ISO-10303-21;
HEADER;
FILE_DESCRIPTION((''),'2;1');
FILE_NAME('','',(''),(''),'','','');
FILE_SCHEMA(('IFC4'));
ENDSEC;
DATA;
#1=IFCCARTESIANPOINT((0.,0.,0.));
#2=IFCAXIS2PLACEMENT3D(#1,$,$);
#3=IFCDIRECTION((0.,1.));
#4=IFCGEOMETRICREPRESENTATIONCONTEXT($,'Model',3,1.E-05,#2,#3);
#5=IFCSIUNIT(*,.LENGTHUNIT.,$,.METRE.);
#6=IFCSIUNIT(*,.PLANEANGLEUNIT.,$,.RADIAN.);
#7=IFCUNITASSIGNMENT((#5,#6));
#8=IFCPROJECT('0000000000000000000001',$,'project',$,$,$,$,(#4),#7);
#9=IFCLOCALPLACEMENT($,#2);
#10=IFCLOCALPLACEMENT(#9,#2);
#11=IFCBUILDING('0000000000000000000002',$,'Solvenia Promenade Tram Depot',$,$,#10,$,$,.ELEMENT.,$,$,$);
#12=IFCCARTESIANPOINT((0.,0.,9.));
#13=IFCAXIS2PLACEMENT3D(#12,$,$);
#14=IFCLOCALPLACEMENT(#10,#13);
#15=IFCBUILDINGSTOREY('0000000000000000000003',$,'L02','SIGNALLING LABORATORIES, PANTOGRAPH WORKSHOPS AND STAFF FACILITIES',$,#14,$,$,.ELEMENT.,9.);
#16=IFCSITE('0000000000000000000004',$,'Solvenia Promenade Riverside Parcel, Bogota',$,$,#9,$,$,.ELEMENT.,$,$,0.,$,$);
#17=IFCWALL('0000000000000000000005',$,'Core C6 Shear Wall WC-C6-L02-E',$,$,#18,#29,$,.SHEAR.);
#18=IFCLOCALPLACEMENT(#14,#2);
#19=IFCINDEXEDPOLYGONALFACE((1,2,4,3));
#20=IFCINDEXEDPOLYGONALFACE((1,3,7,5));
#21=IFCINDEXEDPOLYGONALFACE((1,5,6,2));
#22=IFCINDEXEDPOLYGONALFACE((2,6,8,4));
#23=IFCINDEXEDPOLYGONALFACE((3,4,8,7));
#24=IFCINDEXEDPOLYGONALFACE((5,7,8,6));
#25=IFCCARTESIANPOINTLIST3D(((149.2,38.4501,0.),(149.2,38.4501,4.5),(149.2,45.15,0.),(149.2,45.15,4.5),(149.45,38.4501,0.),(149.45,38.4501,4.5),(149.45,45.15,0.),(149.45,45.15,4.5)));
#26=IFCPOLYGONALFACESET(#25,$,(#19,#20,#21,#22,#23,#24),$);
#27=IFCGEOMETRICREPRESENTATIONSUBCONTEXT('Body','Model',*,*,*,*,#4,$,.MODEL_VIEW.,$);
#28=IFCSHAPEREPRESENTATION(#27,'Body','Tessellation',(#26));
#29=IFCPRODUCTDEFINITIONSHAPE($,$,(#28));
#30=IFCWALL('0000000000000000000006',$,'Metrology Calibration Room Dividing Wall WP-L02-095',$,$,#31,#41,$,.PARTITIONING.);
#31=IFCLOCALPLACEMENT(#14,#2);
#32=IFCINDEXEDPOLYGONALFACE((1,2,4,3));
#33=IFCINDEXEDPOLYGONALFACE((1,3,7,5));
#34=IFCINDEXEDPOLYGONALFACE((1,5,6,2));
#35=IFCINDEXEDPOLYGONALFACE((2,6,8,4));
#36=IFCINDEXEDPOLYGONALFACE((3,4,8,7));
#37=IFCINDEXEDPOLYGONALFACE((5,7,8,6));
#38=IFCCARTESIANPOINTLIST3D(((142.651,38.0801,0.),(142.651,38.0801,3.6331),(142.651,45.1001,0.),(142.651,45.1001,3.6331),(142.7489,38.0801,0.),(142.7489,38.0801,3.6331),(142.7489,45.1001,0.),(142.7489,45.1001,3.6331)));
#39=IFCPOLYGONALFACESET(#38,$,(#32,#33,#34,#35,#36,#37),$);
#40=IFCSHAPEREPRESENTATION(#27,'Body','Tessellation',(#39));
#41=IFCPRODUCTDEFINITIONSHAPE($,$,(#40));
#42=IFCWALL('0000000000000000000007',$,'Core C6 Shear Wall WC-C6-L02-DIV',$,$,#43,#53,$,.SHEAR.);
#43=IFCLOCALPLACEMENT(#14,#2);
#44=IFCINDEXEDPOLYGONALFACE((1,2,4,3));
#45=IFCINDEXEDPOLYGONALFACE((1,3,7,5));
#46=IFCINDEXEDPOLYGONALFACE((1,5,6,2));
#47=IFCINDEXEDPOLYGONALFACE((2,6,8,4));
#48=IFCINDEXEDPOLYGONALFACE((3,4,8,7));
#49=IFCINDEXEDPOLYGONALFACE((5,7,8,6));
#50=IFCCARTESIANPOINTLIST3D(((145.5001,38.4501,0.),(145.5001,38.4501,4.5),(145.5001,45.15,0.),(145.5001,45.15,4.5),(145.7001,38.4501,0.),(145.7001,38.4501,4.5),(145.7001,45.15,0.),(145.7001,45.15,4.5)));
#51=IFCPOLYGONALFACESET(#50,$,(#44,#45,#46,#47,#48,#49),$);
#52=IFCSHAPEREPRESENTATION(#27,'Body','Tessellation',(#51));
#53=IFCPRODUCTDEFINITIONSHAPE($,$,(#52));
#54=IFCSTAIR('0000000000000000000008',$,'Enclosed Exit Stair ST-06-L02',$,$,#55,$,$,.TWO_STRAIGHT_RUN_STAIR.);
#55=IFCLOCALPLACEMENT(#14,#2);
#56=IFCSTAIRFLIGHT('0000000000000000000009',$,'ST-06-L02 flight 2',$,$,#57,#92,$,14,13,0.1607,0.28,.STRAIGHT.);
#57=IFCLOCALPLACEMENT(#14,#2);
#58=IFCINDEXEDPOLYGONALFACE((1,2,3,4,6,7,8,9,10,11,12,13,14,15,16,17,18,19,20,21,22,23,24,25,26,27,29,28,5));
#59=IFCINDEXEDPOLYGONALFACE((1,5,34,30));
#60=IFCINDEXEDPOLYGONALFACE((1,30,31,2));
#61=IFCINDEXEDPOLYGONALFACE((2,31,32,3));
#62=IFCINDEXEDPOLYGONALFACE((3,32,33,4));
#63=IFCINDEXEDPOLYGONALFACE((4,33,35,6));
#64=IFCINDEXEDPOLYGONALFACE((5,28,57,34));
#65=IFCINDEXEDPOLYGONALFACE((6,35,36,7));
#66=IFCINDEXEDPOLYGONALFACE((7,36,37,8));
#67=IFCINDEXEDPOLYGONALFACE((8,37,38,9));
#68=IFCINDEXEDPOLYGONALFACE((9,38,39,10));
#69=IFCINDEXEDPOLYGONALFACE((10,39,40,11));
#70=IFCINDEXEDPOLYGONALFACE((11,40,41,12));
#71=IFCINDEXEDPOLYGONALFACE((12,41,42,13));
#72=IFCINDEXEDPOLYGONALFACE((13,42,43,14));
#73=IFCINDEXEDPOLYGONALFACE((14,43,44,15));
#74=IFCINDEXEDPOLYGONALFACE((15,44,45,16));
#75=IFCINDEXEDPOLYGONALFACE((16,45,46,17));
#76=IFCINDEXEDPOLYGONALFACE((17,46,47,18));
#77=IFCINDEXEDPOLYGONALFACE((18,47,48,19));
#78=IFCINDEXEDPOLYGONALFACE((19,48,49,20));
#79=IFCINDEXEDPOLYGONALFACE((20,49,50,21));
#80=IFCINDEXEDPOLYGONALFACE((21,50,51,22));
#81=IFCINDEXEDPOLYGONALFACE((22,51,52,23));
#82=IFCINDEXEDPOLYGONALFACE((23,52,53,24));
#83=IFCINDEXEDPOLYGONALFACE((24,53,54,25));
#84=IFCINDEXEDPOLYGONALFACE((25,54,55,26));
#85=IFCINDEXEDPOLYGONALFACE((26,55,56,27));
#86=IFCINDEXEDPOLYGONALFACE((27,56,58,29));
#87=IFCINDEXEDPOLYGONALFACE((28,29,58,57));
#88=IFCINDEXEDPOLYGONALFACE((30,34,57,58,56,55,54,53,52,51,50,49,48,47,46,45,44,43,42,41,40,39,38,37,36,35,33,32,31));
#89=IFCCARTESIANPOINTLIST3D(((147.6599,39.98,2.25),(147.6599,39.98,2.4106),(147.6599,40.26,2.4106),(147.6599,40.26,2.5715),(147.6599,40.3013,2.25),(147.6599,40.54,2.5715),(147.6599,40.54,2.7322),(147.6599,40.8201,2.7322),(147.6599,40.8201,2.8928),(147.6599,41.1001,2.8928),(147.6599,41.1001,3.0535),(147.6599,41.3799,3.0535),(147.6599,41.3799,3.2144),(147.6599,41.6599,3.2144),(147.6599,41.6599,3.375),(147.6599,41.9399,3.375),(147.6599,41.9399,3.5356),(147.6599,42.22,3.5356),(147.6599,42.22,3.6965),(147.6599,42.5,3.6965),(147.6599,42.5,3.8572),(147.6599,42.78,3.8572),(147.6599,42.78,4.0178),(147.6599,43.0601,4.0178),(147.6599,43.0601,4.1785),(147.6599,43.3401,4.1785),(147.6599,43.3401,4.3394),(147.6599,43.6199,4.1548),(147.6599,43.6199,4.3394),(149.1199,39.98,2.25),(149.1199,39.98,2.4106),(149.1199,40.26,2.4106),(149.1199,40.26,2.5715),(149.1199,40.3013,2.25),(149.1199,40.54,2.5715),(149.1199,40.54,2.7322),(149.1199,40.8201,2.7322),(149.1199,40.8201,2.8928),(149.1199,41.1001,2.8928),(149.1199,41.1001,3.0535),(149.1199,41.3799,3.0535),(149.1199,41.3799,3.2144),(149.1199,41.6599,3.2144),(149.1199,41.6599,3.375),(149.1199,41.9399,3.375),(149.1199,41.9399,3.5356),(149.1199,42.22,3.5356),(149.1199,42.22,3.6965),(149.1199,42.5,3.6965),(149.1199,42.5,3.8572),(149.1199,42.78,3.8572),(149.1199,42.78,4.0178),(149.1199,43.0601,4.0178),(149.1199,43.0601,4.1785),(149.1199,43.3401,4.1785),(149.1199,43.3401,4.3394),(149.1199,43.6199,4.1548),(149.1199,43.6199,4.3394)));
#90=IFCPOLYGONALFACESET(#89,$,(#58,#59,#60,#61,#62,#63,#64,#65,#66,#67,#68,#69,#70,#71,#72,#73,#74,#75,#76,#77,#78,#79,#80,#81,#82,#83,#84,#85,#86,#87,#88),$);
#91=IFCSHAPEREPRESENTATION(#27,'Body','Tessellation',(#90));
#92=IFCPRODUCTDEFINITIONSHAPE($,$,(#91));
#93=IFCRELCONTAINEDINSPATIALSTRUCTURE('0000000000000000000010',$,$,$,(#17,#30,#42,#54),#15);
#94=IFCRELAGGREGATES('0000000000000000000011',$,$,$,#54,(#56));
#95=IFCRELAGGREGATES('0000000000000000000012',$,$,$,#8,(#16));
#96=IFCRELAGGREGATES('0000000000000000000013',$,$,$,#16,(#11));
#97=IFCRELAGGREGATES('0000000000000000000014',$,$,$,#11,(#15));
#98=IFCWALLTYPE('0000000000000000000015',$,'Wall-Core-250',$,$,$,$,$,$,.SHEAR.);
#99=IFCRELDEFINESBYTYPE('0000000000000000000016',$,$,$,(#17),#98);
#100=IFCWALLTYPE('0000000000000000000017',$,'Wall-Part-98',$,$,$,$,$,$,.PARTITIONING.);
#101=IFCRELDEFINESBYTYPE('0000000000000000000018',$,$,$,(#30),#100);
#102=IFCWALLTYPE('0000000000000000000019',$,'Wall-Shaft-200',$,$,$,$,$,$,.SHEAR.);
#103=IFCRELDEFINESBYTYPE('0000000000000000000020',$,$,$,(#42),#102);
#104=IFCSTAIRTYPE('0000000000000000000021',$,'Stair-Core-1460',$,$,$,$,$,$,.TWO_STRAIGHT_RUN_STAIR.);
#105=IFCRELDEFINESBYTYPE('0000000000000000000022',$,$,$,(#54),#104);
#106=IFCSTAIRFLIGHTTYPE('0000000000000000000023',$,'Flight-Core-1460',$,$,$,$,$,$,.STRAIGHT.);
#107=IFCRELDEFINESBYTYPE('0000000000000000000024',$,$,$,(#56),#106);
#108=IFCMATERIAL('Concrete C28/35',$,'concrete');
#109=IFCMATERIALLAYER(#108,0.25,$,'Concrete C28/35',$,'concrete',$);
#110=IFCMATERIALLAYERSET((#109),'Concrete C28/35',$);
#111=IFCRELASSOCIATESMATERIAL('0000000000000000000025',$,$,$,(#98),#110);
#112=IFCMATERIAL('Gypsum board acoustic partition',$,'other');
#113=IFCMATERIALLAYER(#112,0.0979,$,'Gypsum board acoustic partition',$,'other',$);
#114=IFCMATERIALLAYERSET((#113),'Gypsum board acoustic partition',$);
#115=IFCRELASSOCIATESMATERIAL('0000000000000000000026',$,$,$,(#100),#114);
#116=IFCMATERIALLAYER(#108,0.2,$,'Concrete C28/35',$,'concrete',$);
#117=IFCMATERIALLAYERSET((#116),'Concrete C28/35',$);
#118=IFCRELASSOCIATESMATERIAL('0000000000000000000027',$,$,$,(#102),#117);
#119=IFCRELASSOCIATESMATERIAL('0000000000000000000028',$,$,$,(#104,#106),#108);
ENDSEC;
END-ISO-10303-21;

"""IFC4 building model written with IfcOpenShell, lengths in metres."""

from ifc_helpers import new_model, si_unit, direction, frame, frame_2d, origin, place, context, subcontext, project, spatial, polyline, rectangle, outline, extrude, material, layer, layer_set, type_object, element, aggregate, save


model = new_model("IFC4")

# Units and contexts
model_context = context("Model", 3, precision=1e-05, world=origin(), true_north=direction((0.0, 1.0)))
body_context = subcontext(model_context, "Body", "Model", "MODEL_VIEW")
ifc_project = project(units=[si_unit("LENGTHUNIT", "METRE"), si_unit("PLANEANGLEUNIT", "RADIAN")], contexts=[model_context])

# Site, building, storey
site_placement = place(None, origin())
site = spatial("IfcSite", under=ifc_project, at=site_placement, Name="Solvenia Promenade Riverside Parcel, Bogota", CompositionType="ELEMENT", RefElevation=0.0)
building_placement = place(site_placement, origin())
building = spatial("IfcBuilding", under=site, at=building_placement, Name="Solvenia Promenade Tram Depot", CompositionType="ELEMENT")
storey_placement = place(building_placement, frame((0.0, 0.0, 9.0)))
storey = spatial("IfcBuildingStorey", under=building, at=storey_placement, Name="L02", Description="SIGNALLING LABORATORIES, PANTOGRAPH WORKSHOPS AND STAFF FACILITIES", CompositionType="ELEMENT", Elevation=9.0)

# Walls
ifc_material_1 = material(Name="Concrete C28/35", Category="concrete")
ifc_layer_1 = layer(ifc_material_1, 0.25, Name="Concrete C28/35", Category="concrete")
ifc_layer_set_1 = layer_set([ifc_layer_1], Name="Concrete C28/35")
wall_type_1 = type_object("IfcWallType", Name="Wall-Core-250", PredefinedType="SHEAR", material=ifc_layer_set_1)
for number, where, z_axis, x_axis, name in (
    (1, (149.325, 38.45, 0.0), (0.0, 0.0, 1.0), (0.0, 1.0, 0.0), "Core C6 Shear Wall WC-C6-L02-E"),
):
    element("IfcWall", number, at=place(storey_placement, frame(where, z_axis=z_axis, x_axis=x_axis)), inside=storey, type_object=wall_type_1, Name=name, PredefinedType="SHEAR", context=body_context, shape_type="SweptSolid", body=[
        extrude(rectangle(XDim=6.7, YDim=0.25, at=frame_2d((3.3501, 0.0))), origin(), (0.0, 0.0, 1.0), 4.5),
    ])
ifc_material_2 = material(Name="Gypsum board acoustic partition", Category="other")
ifc_layer_2 = layer(ifc_material_2, 0.0979, Name="Gypsum board acoustic partition", Category="other")
ifc_layer_set_2 = layer_set([ifc_layer_2], Name="Gypsum board acoustic partition")
wall_type_2 = type_object("IfcWallType", Name="Wall-Part-98", PredefinedType="PARTITIONING", material=ifc_layer_set_2)
wall_1_placement = place(storey_placement, frame((142.7, 38.0801, 0.0), z_axis=(0.0, 0.0, 1.0), x_axis=(0.0, 1.0, 0.0)))
element("IfcWall", 2, at=wall_1_placement, inside=storey, type_object=wall_type_2, Name="Metrology Calibration Room Dividing Wall WP-L02-095", PredefinedType="PARTITIONING", context=body_context, shape_type="SweptSolid", body=[
    extrude(rectangle(XDim=7.02, YDim=0.0979, at=frame_2d((3.51, 0.0))), origin(), (0.0, 0.0, 1.0), 3.6331),
])
ifc_layer_3 = layer(ifc_material_1, 0.2, Name="Concrete C28/35", Category="concrete")
ifc_layer_set_3 = layer_set([ifc_layer_3], Name="Concrete C28/35")
wall_type_3 = type_object("IfcWallType", Name="Wall-Shaft-200", PredefinedType="SHEAR", material=ifc_layer_set_3)
wall_2_placement = place(storey_placement, frame((145.6001, 38.45, 0.0), z_axis=(0.0, 0.0, 1.0), x_axis=(0.0, 1.0, 0.0)))
element("IfcWall", 3, at=wall_2_placement, inside=storey, type_object=wall_type_3, Name="Core C6 Shear Wall WC-C6-L02-DIV", PredefinedType="SHEAR", context=body_context, shape_type="SweptSolid", body=[
    extrude(rectangle(XDim=6.7, YDim=0.2, at=frame_2d((3.3501, 0.0))), origin(), (0.0, 0.0, 1.0), 4.5),
])

# Stair, stair flight
stair_type = type_object("IfcStairType", Name="Stair-Core-1460", PredefinedType="TWO_STRAIGHT_RUN_STAIR", material=ifc_material_1)
stair_placement = place(storey_placement, origin())
stair = element("IfcStair", 4, at=stair_placement, inside=storey, type_object=stair_type, Name="Enclosed Exit Stair ST-06-L02", PredefinedType="TWO_STRAIGHT_RUN_STAIR")
stair_flight_type = type_object("IfcStairFlightType", Name="Flight-Core-1460", PredefinedType="STRAIGHT", material=ifc_material_1)
stair_flight_placement = place(storey_placement, frame((148.3899, 39.98, 2.25), z_axis=(0.0, 0.0, 1.0), x_axis=(0.0, 1.0, 0.0)))
stair_flight = element("IfcStairFlight", 5, at=stair_flight_placement, type_object=stair_flight_type, Name="ST-06-L02 flight 2", NumberOfRisers=14, NumberOfTreads=13, PredefinedType="STRAIGHT", RiserHeight=0.1607, TreadLength=0.28, context=body_context, shape_type="SweptSolid", body=[
    extrude(outline(polyline([(0.0, 0.0), (0.0, 0.1606), (0.28, 0.1606), (0.28, 0.3215), (0.5601, 0.3215), (0.5601, 0.4822), (0.8401, 0.4822), (0.8401, 0.6428), (1.1201, 0.6428), (1.1201, 0.8035), (1.3999, 0.8035), (1.3999, 0.9644), (1.6799, 0.9644), (1.6799, 1.125), (1.96, 1.125), (1.96, 1.2856), (2.24, 1.2856), (2.24, 1.4465), (2.52, 1.4465), (2.52, 1.6072), (2.8, 1.6072), (2.8, 1.7678), (3.0801, 1.7678), (3.0801, 1.9285), (3.3601, 1.9285), (3.3601, 2.0894), (3.6399, 2.0894), (3.6399, 2.25), (3.6399, 1.9048), (0.3213, 0.0), (0.0, 0.0)])), frame((0.0, 0.73, 0.0), z_axis=(0.0, -1.0, 0.0), x_axis=(1.0, 0.0, 0.0)), (0.0, 0.0, 1.0), 1.46),
])
aggregate(stair, [stair_flight])

save(model, "model.ifc")
